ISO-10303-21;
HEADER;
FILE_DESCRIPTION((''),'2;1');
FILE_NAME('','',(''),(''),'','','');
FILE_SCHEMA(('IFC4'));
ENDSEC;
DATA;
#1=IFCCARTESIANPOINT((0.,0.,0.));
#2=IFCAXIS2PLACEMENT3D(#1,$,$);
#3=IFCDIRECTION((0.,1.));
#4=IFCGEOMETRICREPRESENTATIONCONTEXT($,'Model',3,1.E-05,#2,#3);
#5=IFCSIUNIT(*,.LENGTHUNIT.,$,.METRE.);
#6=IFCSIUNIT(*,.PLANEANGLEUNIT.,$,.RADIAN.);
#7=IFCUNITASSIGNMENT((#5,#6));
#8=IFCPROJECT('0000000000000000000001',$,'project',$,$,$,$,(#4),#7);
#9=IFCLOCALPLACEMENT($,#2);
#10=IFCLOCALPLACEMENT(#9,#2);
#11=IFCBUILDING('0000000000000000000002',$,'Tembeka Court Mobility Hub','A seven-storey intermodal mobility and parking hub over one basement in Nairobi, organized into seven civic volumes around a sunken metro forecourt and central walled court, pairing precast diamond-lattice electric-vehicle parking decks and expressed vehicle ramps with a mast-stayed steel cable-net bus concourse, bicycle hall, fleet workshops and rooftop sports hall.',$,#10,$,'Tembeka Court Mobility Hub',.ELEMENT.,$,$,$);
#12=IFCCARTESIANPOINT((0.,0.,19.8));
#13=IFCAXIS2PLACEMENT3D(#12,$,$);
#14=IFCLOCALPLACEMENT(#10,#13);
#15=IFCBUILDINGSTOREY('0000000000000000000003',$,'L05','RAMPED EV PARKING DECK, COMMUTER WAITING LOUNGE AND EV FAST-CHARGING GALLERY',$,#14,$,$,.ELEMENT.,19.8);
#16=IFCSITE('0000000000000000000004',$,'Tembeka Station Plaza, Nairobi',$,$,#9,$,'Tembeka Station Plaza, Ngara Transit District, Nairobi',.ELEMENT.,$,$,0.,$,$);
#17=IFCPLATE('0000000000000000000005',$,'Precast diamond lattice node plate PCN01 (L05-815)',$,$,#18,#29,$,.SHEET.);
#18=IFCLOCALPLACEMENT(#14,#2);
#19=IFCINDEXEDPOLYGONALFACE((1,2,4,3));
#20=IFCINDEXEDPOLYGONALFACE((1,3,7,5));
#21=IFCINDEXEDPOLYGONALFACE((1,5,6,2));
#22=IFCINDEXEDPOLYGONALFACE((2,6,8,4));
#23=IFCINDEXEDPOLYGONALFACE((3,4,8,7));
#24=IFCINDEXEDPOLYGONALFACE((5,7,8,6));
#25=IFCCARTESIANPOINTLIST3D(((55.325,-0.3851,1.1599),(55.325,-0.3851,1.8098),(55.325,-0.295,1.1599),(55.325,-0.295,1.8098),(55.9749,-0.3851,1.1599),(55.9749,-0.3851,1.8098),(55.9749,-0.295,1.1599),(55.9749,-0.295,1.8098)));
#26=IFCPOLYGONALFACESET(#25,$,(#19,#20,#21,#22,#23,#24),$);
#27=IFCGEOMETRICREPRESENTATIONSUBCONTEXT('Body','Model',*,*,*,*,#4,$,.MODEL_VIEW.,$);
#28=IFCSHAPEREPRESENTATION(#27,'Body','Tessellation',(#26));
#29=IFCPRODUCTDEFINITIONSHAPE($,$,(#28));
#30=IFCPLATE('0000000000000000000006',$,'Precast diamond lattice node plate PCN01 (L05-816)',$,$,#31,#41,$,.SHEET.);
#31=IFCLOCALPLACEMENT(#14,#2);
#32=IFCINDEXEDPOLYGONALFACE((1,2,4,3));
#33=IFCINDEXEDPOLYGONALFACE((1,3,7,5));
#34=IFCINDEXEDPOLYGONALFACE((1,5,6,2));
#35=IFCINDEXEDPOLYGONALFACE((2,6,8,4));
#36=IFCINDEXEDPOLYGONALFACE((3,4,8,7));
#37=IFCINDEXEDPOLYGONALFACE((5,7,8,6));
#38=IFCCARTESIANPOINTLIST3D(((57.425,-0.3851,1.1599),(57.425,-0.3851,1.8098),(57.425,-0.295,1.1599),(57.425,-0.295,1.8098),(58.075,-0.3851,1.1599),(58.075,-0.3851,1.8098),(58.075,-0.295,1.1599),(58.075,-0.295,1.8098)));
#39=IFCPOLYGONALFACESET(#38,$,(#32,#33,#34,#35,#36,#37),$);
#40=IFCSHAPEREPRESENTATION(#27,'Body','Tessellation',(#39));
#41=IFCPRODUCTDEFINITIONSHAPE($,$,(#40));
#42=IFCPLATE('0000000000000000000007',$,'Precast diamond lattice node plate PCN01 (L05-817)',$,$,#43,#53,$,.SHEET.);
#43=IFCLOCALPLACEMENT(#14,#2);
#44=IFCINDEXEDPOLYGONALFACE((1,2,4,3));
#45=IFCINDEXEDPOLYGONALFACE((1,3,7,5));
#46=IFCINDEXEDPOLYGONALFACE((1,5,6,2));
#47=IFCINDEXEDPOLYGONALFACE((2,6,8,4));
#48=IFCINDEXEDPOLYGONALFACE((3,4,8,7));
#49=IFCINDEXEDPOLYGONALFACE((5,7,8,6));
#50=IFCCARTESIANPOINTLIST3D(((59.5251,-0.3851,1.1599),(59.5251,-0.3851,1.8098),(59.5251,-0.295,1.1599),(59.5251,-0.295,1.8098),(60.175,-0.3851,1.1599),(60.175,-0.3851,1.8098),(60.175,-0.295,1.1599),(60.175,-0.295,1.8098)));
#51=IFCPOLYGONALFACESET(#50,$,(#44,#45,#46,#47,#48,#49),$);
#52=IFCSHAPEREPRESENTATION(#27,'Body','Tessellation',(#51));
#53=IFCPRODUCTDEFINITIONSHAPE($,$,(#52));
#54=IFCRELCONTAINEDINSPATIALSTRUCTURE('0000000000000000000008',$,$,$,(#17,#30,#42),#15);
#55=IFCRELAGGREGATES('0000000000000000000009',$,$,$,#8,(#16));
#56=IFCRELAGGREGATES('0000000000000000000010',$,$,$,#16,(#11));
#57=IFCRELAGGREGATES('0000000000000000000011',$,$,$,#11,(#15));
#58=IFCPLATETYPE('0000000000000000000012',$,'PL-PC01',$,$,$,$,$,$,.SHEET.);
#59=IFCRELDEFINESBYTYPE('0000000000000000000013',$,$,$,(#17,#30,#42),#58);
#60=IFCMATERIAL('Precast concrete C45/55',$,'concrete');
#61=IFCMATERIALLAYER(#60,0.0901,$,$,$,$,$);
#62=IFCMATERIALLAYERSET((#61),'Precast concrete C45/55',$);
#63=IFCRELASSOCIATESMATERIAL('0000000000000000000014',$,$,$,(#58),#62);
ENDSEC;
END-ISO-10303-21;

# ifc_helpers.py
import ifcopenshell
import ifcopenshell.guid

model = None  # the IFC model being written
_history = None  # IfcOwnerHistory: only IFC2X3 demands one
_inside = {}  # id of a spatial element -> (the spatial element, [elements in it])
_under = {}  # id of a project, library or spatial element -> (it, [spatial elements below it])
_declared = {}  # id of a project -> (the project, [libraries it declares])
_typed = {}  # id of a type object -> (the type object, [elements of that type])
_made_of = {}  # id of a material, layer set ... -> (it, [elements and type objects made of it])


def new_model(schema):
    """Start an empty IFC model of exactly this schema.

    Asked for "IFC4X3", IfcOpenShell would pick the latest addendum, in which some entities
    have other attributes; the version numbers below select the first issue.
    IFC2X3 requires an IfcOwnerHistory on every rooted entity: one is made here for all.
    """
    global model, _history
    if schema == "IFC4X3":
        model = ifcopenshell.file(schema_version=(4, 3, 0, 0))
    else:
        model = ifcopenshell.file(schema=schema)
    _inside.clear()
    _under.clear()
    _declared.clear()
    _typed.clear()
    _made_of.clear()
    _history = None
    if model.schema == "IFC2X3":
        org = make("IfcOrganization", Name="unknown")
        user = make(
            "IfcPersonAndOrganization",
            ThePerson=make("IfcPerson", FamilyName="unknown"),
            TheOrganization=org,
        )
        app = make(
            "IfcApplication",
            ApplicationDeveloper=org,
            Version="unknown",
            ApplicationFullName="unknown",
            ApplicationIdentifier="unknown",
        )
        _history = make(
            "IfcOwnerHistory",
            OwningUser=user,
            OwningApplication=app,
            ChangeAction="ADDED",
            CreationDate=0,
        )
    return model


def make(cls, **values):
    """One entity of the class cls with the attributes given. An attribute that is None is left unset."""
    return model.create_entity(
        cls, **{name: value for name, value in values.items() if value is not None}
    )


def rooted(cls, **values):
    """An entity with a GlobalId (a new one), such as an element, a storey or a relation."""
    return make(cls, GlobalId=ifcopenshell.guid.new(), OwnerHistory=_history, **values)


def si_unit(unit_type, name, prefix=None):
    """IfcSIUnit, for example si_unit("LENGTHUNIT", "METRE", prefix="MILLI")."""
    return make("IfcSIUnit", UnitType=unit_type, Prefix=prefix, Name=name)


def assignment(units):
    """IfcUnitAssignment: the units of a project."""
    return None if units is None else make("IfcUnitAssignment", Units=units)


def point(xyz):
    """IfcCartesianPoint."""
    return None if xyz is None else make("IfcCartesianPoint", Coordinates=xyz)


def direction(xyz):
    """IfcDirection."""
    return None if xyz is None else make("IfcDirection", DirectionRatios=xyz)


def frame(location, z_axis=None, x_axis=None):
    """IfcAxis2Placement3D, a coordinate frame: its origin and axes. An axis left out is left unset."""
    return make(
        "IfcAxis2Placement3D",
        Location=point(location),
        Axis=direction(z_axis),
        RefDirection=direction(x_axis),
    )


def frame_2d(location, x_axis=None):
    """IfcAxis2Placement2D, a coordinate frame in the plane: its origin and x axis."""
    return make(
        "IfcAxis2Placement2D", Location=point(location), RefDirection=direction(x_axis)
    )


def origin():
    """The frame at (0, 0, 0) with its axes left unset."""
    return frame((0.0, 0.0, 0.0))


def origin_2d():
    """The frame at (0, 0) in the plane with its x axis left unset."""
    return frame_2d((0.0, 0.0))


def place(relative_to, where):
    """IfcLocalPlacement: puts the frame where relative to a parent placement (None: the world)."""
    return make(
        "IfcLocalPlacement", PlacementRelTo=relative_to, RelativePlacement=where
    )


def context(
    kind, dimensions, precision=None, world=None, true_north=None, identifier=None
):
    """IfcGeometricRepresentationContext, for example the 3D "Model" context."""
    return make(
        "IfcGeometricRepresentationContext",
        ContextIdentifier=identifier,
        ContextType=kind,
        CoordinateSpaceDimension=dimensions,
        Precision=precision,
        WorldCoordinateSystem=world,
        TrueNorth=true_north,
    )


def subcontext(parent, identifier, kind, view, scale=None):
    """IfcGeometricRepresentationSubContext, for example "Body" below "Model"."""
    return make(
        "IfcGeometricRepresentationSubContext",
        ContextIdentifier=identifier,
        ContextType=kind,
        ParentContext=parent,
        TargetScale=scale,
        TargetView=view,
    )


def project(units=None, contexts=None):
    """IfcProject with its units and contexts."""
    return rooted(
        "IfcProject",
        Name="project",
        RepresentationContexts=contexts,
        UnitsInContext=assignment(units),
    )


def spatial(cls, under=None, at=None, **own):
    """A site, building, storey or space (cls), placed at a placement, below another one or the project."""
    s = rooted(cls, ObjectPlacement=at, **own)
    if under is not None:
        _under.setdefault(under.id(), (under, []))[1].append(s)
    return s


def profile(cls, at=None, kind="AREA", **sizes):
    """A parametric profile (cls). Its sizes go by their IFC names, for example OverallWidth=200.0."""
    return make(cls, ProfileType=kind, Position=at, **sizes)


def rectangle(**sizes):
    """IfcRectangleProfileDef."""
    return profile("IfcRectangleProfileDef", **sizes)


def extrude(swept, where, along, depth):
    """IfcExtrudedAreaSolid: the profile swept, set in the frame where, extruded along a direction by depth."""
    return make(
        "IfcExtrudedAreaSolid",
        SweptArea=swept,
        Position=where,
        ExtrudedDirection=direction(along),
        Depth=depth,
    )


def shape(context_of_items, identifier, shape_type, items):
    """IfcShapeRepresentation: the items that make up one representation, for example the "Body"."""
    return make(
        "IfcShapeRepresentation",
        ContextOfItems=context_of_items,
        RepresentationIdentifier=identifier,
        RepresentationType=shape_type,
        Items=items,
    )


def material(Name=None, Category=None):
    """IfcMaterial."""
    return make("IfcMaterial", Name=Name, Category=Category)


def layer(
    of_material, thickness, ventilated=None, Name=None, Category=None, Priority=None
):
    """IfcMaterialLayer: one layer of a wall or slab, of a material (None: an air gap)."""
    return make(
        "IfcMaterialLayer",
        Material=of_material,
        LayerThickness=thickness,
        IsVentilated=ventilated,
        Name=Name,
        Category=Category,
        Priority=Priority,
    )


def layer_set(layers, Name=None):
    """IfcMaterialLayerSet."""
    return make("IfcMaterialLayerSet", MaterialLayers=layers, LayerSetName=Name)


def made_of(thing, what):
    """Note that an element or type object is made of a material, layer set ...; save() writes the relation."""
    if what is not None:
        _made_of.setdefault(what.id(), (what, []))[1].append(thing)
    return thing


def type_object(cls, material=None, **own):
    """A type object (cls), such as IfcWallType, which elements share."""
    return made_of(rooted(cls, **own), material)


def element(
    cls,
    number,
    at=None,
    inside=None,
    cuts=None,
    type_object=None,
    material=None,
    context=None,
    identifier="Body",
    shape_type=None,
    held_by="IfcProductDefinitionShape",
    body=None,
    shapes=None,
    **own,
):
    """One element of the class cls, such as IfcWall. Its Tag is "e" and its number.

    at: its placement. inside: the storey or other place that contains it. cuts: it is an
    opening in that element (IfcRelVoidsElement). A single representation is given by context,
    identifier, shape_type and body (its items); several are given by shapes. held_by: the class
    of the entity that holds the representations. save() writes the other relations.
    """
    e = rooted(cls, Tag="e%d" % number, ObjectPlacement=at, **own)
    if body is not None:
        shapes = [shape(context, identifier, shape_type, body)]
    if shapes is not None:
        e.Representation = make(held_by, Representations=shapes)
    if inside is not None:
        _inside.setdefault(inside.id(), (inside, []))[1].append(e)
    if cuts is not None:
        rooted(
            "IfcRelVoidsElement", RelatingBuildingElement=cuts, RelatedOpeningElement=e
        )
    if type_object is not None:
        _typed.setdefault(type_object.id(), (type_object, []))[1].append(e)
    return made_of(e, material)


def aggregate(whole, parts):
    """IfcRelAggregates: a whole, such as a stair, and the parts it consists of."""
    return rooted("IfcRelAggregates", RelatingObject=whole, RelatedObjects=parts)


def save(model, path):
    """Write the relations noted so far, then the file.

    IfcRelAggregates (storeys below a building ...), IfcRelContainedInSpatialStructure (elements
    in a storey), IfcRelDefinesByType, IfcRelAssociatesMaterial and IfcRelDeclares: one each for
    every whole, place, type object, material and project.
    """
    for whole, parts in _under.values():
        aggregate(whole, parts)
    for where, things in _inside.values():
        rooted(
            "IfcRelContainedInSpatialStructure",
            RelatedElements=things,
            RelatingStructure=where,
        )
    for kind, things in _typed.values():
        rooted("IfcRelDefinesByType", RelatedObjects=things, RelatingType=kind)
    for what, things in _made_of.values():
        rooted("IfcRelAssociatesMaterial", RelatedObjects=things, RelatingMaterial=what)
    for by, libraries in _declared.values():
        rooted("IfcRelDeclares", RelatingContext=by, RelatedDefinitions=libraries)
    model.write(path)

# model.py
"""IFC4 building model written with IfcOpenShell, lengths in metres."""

from ifc_helpers import new_model, si_unit, direction, frame, origin, origin_2d, place, context, subcontext, project, spatial, rectangle, extrude, material, layer, layer_set, type_object, element, save


model = new_model("IFC4")

# Units and contexts
model_context = context("Model", 3, precision=1e-05, world=origin(), true_north=direction((0.0, 1.0)))
body_context = subcontext(model_context, "Body", "Model", "MODEL_VIEW")
ifc_project = project(units=[si_unit("LENGTHUNIT", "METRE"), si_unit("PLANEANGLEUNIT", "RADIAN")], contexts=[model_context])

# Site, building, storey
site_placement = place(None, origin())
site = spatial("IfcSite", under=ifc_project, at=site_placement, Name="Tembeka Station Plaza, Nairobi", LongName="Tembeka Station Plaza, Ngara Transit District, Nairobi", CompositionType="ELEMENT", RefElevation=0.0)
building_placement = place(site_placement, origin())
building = spatial("IfcBuilding", under=site, at=building_placement, Name="Tembeka Court Mobility Hub", Description="A seven-storey intermodal mobility and parking hub over one basement in Nairobi, organized into seven civic volumes around a sunken metro forecourt and central walled court, pairing precast diamond-lattice electric-vehicle parking decks and expressed vehicle ramps with a mast-stayed steel cable-net bus concourse, bicycle hall, fleet workshops and rooftop sports hall.", LongName="Tembeka Court Mobility Hub", CompositionType="ELEMENT")
storey_placement = place(building_placement, frame((0.0, 0.0, 19.8)))
storey = spatial("IfcBuildingStorey", under=building, at=storey_placement, Name="L05", Description="RAMPED EV PARKING DECK, COMMUTER WAITING LOUNGE AND EV FAST-CHARGING GALLERY", CompositionType="ELEMENT", Elevation=19.8)

# Shared definitions
ifc_material_1 = material(Name="Precast concrete C45/55", Category="concrete")

# Plates
ifc_layer = layer(ifc_material_1, 0.0901)
ifc_layer_set = layer_set([ifc_layer], Name="Precast concrete C45/55")
plate_type = type_object("IfcPlateType", Name="PL-PC01", PredefinedType="SHEET", material=ifc_layer_set)
for number, where, z_axis, x_axis, name in (
    (1, (55.6499, -0.3401, 1.1599), (0.0, 0.0, 1.0), (1.0, 0.0, 0.0), "Precast diamond lattice node plate PCN01 (L05-815)"),
    (2, (57.75, -0.3401, 1.1599), (0.0, 0.0, 1.0), (1.0, 0.0, 0.0), "Precast diamond lattice node plate PCN01 (L05-816)"),
    (3, (59.8501, -0.3401, 1.1599), (0.0, 0.0, 1.0), (1.0, 0.0, 0.0), "Precast diamond lattice node plate PCN01 (L05-817)"),
):
    element("IfcPlate", number, at=place(storey_placement, frame(where, z_axis=z_axis, x_axis=x_axis)), inside=storey, type_object=plate_type, Name=name, PredefinedType="SHEET", context=body_context, shape_type="SweptSolid", body=[
        extrude(rectangle(XDim=0.6499, YDim=0.0901, at=origin_2d()), origin(), (0.0, 0.0, 1.0), 0.6499),
    ])

save(model, "model.ifc")
